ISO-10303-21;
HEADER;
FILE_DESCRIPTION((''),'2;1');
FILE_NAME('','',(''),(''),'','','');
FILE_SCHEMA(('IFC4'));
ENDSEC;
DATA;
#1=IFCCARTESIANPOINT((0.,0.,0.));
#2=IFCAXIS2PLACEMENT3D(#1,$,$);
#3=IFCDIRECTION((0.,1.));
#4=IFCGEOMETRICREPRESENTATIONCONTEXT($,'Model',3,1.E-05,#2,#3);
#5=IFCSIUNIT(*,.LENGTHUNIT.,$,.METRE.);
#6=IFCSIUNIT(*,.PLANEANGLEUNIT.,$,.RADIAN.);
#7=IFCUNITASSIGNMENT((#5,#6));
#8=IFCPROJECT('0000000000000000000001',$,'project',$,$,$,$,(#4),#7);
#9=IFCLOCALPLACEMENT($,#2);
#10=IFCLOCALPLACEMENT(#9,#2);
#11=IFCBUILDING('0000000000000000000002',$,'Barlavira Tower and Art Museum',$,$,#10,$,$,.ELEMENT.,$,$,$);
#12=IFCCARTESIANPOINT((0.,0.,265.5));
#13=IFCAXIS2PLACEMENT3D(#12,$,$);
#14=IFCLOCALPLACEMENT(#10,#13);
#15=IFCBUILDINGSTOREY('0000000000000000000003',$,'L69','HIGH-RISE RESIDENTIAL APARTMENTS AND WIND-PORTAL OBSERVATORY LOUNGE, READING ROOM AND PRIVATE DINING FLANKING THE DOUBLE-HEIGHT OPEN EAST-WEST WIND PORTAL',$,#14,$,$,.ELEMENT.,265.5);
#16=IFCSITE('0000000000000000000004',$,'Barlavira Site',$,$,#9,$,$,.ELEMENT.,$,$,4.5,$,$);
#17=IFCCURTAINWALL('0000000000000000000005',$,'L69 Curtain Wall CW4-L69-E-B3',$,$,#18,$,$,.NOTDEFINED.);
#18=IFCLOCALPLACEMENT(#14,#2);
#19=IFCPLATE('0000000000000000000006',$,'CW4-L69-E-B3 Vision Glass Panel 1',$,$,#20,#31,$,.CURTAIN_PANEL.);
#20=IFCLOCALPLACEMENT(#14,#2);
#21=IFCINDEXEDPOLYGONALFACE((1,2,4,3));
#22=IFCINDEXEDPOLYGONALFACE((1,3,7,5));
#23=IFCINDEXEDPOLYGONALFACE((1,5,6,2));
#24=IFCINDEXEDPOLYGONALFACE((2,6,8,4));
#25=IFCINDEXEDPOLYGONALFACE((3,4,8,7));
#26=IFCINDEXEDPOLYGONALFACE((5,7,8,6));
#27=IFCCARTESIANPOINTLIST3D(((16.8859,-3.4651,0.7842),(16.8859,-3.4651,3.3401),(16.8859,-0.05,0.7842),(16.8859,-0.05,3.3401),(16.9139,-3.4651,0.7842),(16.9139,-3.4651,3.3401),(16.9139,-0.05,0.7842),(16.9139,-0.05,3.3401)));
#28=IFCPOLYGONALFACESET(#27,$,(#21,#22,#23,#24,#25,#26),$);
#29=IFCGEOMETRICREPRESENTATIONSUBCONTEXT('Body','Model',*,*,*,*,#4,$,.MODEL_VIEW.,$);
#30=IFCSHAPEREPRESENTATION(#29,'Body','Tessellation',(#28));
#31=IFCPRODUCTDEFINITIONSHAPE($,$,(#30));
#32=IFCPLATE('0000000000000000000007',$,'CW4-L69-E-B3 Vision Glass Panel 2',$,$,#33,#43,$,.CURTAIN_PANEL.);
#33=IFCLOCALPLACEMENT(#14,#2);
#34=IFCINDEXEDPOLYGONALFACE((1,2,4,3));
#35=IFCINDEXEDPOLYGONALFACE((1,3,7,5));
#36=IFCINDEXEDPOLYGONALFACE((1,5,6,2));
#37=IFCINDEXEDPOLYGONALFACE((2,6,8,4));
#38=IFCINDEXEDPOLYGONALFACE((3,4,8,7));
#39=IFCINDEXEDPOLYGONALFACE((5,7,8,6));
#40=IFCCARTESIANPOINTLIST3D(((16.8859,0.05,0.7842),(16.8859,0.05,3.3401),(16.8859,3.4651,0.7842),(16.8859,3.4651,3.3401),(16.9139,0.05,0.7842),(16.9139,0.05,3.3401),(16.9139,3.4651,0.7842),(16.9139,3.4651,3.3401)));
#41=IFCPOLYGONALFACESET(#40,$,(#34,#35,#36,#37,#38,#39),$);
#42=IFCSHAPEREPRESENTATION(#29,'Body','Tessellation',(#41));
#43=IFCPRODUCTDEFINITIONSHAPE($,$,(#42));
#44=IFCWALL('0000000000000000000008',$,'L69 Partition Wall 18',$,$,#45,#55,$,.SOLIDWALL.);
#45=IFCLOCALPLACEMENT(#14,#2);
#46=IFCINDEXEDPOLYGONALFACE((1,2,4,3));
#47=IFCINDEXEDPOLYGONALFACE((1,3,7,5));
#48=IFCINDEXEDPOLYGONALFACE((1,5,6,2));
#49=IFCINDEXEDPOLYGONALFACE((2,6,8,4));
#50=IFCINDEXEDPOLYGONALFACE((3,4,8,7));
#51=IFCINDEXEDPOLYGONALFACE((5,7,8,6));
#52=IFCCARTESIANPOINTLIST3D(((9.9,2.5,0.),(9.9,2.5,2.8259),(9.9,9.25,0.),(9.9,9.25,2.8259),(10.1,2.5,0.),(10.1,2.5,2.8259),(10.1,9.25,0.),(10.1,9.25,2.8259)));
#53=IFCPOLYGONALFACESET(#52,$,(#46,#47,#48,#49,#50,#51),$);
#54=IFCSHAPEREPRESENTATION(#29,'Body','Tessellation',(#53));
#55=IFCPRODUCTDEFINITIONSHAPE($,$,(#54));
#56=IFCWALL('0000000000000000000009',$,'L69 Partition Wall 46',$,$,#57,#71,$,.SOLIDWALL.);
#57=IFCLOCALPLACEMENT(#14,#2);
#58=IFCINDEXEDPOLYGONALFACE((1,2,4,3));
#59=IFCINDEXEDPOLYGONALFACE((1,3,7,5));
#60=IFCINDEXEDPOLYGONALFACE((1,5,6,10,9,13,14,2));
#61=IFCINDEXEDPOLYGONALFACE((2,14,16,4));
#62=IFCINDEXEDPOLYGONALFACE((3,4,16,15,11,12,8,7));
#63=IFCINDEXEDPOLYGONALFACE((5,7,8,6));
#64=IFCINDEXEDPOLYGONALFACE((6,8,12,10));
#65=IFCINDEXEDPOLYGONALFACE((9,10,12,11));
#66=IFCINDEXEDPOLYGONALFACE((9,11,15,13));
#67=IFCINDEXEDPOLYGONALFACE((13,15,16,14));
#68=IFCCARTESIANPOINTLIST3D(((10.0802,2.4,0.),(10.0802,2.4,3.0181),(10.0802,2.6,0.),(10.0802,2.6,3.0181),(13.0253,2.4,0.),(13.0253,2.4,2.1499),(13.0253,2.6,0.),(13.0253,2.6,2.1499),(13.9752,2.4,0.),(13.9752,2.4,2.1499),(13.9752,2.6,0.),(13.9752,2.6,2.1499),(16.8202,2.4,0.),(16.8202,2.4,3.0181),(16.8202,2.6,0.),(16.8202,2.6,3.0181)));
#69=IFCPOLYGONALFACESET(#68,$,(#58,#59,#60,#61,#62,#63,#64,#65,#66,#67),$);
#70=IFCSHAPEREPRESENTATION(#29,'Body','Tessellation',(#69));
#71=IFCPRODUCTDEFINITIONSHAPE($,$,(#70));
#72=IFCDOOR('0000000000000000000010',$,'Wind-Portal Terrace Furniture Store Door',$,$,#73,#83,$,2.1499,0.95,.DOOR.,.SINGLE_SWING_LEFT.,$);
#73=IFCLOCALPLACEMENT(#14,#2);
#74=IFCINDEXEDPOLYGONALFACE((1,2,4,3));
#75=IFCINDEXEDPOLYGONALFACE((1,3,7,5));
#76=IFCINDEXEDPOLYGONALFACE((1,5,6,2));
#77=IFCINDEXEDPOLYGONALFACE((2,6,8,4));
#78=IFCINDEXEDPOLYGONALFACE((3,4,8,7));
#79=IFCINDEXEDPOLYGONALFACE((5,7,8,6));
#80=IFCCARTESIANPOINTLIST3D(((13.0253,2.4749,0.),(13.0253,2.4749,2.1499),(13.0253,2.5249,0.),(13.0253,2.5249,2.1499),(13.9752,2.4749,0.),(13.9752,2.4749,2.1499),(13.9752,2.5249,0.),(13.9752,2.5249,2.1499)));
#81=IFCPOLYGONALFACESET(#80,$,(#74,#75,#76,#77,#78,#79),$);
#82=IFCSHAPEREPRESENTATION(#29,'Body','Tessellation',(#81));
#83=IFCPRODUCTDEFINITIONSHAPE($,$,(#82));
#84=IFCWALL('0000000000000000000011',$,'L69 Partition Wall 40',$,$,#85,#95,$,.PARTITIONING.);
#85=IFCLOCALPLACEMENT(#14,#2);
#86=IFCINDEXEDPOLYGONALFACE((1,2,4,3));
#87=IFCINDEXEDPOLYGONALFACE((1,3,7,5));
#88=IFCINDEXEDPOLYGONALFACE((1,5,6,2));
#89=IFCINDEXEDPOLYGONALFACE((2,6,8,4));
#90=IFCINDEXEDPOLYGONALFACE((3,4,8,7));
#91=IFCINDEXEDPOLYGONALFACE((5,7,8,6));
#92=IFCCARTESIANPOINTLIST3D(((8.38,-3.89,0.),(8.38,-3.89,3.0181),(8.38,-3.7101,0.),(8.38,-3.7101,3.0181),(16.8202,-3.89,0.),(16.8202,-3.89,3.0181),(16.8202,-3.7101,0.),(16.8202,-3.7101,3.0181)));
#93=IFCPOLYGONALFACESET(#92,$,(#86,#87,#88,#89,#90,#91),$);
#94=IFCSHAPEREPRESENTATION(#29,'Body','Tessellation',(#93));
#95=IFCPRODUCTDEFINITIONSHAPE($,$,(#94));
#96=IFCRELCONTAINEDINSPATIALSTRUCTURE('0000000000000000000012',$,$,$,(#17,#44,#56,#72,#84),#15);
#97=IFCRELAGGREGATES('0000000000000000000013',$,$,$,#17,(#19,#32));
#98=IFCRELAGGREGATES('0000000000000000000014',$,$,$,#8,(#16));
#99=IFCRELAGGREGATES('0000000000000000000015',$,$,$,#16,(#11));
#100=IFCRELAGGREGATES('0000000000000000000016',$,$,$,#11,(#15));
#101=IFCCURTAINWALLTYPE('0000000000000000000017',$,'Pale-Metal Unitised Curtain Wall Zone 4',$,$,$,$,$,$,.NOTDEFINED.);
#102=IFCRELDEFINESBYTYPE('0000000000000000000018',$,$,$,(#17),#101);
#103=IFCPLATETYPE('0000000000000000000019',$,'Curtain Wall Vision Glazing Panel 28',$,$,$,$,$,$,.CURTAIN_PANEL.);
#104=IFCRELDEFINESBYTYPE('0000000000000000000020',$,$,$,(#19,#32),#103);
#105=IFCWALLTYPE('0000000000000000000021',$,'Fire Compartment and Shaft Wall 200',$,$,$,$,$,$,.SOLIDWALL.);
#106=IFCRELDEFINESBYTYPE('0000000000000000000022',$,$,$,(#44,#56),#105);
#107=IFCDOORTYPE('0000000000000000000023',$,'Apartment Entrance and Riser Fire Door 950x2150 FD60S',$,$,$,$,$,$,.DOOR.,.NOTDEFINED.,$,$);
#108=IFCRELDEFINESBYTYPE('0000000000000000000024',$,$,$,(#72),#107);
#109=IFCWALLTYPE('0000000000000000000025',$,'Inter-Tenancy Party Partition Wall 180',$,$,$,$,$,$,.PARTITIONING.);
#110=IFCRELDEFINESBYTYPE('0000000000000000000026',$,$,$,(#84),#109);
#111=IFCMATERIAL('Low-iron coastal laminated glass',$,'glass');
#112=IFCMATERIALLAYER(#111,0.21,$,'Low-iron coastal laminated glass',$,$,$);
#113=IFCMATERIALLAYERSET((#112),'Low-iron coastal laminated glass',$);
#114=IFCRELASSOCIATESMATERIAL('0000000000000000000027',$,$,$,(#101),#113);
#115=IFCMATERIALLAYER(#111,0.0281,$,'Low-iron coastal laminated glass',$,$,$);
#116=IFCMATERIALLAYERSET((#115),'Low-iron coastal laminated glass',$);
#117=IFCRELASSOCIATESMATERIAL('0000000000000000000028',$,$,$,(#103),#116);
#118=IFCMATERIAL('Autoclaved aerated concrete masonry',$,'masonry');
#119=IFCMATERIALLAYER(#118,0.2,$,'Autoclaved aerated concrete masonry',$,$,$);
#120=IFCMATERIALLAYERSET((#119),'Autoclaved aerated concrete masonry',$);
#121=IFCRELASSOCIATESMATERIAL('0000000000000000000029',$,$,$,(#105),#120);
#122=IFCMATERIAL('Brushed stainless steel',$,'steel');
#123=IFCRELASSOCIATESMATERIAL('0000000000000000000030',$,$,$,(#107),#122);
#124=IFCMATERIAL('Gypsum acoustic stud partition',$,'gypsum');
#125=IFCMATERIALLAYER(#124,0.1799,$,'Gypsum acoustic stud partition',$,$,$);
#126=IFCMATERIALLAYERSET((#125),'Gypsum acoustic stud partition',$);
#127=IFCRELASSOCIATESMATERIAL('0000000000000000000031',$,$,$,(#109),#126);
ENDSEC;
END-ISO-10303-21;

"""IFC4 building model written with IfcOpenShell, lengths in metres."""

from ifc_helpers import new_model, si_unit, direction, frame, frame_2d, origin, origin_2d, place, context, subcontext, project, spatial, rectangle, extrude, material, layer, layer_set, type_object, element, fill, aggregate, save


model = new_model("IFC4")

# Units and contexts
model_context = context("Model", 3, precision=1e-05, world=origin(), true_north=direction((0.0, 1.0)))
body_context = subcontext(model_context, "Body", "Model", "MODEL_VIEW")
ifc_project = project(units=[si_unit("LENGTHUNIT", "METRE"), si_unit("PLANEANGLEUNIT", "RADIAN")], contexts=[model_context])

# Site, building, storey
site_placement = place(None, origin())
site = spatial("IfcSite", under=ifc_project, at=site_placement, Name="Barlavira Site", CompositionType="ELEMENT", RefElevation=4.5)
building_placement = place(site_placement, origin())
building = spatial("IfcBuilding", under=site, at=building_placement, Name="Barlavira Tower and Art Museum", CompositionType="ELEMENT")
storey_placement = place(building_placement, frame((0.0, 0.0, 265.5)))
storey = spatial("IfcBuildingStorey", under=building, at=storey_placement, Name="L69", Description="HIGH-RISE RESIDENTIAL APARTMENTS AND WIND-PORTAL OBSERVATORY LOUNGE, READING ROOM AND PRIVATE DINING FLANKING THE DOUBLE-HEIGHT OPEN EAST-WEST WIND PORTAL", CompositionType="ELEMENT", Elevation=265.5)

# Curtain wall, plates
ifc_material_1 = material(Name="Low-iron coastal laminated glass", Category="glass")
ifc_layer_1 = layer(ifc_material_1, 0.21, Name="Low-iron coastal laminated glass")
ifc_layer_set_1 = layer_set([ifc_layer_1], Name="Low-iron coastal laminated glass")
curtain_wall_type = type_object("IfcCurtainWallType", Name="Pale-Metal Unitised Curtain Wall Zone 4", PredefinedType="NOTDEFINED", material=ifc_layer_set_1)
curtain_wall_placement = place(storey_placement, origin())
curtain_wall = element("IfcCurtainWall", 1, at=curtain_wall_placement, inside=storey, type_object=curtain_wall_type, Name="L69 Curtain Wall CW4-L69-E-B3", PredefinedType="NOTDEFINED")
ifc_layer_2 = layer(ifc_material_1, 0.0281, Name="Low-iron coastal laminated glass")
ifc_layer_set_2 = layer_set([ifc_layer_2], Name="Low-iron coastal laminated glass")
plate_type_1 = type_object("IfcPlateType", Name="Curtain Wall Vision Glazing Panel 28", PredefinedType="CURTAIN_PANEL", material=ifc_layer_set_2)
plate_1_placement = place(storey_placement, frame((16.8999, -1.7576, 0.7842), z_axis=(0.0, 0.0, 1.0), x_axis=(0.0, 1.0, 0.0)))
plate_1 = element("IfcPlate", 2, at=plate_1_placement, type_object=plate_type_1, Name="CW4-L69-E-B3 Vision Glass Panel 1", PredefinedType="CURTAIN_PANEL", context=body_context, shape_type="SweptSolid", body=[
    extrude(rectangle(XDim=3.415, YDim=0.0281, at=origin_2d()), origin(), (0.0, 0.0, 1.0), 2.5559),
])
plate_2_placement = place(storey_placement, frame((16.8999, 1.7576, 0.7842), z_axis=(0.0, 0.0, 1.0), x_axis=(0.0, 1.0, 0.0)))
plate_2 = element("IfcPlate", 3, at=plate_2_placement, type_object=plate_type_1, Name="CW4-L69-E-B3 Vision Glass Panel 2", PredefinedType="CURTAIN_PANEL", context=body_context, shape_type="SweptSolid", body=[
    extrude(rectangle(XDim=3.415, YDim=0.0281, at=origin_2d()), origin(), (0.0, 0.0, 1.0), 2.5559),
])
aggregate(curtain_wall, [plate_1, plate_2])

# Wall
ifc_material_2 = material(Name="Autoclaved aerated concrete masonry", Category="masonry")
ifc_layer_3 = layer(ifc_material_2, 0.2, Name="Autoclaved aerated concrete masonry")
ifc_layer_set_3 = layer_set([ifc_layer_3], Name="Autoclaved aerated concrete masonry")
wall_type_1 = type_object("IfcWallType", Name="Fire Compartment and Shaft Wall 200", PredefinedType="SOLIDWALL", material=ifc_layer_set_3)
wall_1_placement = place(storey_placement, frame((10.0, 2.5, 0.0), z_axis=(0.0, 0.0, 1.0), x_axis=(0.0, 1.0, 0.0)))
element("IfcWall", 4, at=wall_1_placement, inside=storey, type_object=wall_type_1, Name="L69 Partition Wall 18", PredefinedType="SOLIDWALL", context=body_context, shape_type="SweptSolid", body=[
    extrude(rectangle(XDim=6.75, YDim=0.2, at=frame_2d((3.375, 0.0))), origin(), (0.0, 0.0, 1.0), 2.8259),
])

# Wall, opening, door
ifc_material_3 = material(Name="Brushed stainless steel", Category="steel")
door_type = type_object("IfcDoorType", Name="Apartment Entrance and Riser Fire Door 950x2150 FD60S", OperationType="NOTDEFINED", PredefinedType="DOOR", material=ifc_material_3)
wall_2_placement = place(storey_placement, frame((10.0801, 2.5, 0.0), z_axis=(0.0, 0.0, 1.0), x_axis=(1.0, 0.0, 0.0)))
wall_2 = element("IfcWall", 5, at=wall_2_placement, inside=storey, type_object=wall_type_1, Name="L69 Partition Wall 46", PredefinedType="SOLIDWALL", context=body_context, shape_type="SweptSolid", body=[
    extrude(rectangle(XDim=6.74, YDim=0.2, at=frame_2d((3.3701, 0.0))), origin(), (0.0, 0.0, 1.0), 3.0181),
])
opening_1_placement = place(wall_2_placement, frame((2.9451, 0.0, 0.0)))
opening_1 = element("IfcOpeningElement", 6, at=opening_1_placement, cuts=wall_2, PredefinedType="OPENING", context=body_context, shape_type="SweptSolid", body=[
    extrude(rectangle(XDim=0.95, YDim=2.1499, at=frame_2d((0.4751, 1.075))), frame((0.0, 0.1099, 0.0), z_axis=(0.0, -1.0, 0.0), x_axis=(1.0, 0.0, 0.0)), (0.0, 0.0, 1.0), 0.22),
])
door_1_placement = place(opening_1_placement, origin())
door_1 = element("IfcDoor", 7, at=door_1_placement, inside=storey, type_object=door_type, Name="Wind-Portal Terrace Furniture Store Door", OperationType="SINGLE_SWING_LEFT", OverallHeight=2.1499, OverallWidth=0.95, PredefinedType="DOOR", context=body_context, shape_type="SweptSolid", body=[
    extrude(rectangle(XDim=0.95, YDim=2.1499, at=frame_2d((0.4751, 1.075))), frame((0.0, 0.0249, 0.0), z_axis=(0.0, -1.0, 0.0), x_axis=(1.0, 0.0, 0.0)), (0.0, 0.0, 1.0), 0.05),
])
fill(opening_1, door_1)

# Wall
ifc_material_4 = material(Name="Gypsum acoustic stud partition", Category="gypsum")
ifc_layer_4 = layer(ifc_material_4, 0.1799, Name="Gypsum acoustic stud partition")
ifc_layer_set_4 = layer_set([ifc_layer_4], Name="Gypsum acoustic stud partition")
wall_type_2 = type_object("IfcWallType", Name="Inter-Tenancy Party Partition Wall 180", PredefinedType="PARTITIONING", material=ifc_layer_set_4)
wall_3_placement = place(storey_placement, frame((8.3799, -3.8, 0.0), z_axis=(0.0, 0.0, 1.0), x_axis=(1.0, 0.0, 0.0)))
element("IfcWall", 8, at=wall_3_placement, inside=storey, type_object=wall_type_2, Name="L69 Partition Wall 40", PredefinedType="PARTITIONING", context=body_context, shape_type="SweptSolid", body=[
    extrude(rectangle(XDim=8.4402, YDim=0.1799, at=frame_2d((4.2202, 0.0))), origin(), (0.0, 0.0, 1.0), 3.0181),
])

save(model, "model.ifc")
